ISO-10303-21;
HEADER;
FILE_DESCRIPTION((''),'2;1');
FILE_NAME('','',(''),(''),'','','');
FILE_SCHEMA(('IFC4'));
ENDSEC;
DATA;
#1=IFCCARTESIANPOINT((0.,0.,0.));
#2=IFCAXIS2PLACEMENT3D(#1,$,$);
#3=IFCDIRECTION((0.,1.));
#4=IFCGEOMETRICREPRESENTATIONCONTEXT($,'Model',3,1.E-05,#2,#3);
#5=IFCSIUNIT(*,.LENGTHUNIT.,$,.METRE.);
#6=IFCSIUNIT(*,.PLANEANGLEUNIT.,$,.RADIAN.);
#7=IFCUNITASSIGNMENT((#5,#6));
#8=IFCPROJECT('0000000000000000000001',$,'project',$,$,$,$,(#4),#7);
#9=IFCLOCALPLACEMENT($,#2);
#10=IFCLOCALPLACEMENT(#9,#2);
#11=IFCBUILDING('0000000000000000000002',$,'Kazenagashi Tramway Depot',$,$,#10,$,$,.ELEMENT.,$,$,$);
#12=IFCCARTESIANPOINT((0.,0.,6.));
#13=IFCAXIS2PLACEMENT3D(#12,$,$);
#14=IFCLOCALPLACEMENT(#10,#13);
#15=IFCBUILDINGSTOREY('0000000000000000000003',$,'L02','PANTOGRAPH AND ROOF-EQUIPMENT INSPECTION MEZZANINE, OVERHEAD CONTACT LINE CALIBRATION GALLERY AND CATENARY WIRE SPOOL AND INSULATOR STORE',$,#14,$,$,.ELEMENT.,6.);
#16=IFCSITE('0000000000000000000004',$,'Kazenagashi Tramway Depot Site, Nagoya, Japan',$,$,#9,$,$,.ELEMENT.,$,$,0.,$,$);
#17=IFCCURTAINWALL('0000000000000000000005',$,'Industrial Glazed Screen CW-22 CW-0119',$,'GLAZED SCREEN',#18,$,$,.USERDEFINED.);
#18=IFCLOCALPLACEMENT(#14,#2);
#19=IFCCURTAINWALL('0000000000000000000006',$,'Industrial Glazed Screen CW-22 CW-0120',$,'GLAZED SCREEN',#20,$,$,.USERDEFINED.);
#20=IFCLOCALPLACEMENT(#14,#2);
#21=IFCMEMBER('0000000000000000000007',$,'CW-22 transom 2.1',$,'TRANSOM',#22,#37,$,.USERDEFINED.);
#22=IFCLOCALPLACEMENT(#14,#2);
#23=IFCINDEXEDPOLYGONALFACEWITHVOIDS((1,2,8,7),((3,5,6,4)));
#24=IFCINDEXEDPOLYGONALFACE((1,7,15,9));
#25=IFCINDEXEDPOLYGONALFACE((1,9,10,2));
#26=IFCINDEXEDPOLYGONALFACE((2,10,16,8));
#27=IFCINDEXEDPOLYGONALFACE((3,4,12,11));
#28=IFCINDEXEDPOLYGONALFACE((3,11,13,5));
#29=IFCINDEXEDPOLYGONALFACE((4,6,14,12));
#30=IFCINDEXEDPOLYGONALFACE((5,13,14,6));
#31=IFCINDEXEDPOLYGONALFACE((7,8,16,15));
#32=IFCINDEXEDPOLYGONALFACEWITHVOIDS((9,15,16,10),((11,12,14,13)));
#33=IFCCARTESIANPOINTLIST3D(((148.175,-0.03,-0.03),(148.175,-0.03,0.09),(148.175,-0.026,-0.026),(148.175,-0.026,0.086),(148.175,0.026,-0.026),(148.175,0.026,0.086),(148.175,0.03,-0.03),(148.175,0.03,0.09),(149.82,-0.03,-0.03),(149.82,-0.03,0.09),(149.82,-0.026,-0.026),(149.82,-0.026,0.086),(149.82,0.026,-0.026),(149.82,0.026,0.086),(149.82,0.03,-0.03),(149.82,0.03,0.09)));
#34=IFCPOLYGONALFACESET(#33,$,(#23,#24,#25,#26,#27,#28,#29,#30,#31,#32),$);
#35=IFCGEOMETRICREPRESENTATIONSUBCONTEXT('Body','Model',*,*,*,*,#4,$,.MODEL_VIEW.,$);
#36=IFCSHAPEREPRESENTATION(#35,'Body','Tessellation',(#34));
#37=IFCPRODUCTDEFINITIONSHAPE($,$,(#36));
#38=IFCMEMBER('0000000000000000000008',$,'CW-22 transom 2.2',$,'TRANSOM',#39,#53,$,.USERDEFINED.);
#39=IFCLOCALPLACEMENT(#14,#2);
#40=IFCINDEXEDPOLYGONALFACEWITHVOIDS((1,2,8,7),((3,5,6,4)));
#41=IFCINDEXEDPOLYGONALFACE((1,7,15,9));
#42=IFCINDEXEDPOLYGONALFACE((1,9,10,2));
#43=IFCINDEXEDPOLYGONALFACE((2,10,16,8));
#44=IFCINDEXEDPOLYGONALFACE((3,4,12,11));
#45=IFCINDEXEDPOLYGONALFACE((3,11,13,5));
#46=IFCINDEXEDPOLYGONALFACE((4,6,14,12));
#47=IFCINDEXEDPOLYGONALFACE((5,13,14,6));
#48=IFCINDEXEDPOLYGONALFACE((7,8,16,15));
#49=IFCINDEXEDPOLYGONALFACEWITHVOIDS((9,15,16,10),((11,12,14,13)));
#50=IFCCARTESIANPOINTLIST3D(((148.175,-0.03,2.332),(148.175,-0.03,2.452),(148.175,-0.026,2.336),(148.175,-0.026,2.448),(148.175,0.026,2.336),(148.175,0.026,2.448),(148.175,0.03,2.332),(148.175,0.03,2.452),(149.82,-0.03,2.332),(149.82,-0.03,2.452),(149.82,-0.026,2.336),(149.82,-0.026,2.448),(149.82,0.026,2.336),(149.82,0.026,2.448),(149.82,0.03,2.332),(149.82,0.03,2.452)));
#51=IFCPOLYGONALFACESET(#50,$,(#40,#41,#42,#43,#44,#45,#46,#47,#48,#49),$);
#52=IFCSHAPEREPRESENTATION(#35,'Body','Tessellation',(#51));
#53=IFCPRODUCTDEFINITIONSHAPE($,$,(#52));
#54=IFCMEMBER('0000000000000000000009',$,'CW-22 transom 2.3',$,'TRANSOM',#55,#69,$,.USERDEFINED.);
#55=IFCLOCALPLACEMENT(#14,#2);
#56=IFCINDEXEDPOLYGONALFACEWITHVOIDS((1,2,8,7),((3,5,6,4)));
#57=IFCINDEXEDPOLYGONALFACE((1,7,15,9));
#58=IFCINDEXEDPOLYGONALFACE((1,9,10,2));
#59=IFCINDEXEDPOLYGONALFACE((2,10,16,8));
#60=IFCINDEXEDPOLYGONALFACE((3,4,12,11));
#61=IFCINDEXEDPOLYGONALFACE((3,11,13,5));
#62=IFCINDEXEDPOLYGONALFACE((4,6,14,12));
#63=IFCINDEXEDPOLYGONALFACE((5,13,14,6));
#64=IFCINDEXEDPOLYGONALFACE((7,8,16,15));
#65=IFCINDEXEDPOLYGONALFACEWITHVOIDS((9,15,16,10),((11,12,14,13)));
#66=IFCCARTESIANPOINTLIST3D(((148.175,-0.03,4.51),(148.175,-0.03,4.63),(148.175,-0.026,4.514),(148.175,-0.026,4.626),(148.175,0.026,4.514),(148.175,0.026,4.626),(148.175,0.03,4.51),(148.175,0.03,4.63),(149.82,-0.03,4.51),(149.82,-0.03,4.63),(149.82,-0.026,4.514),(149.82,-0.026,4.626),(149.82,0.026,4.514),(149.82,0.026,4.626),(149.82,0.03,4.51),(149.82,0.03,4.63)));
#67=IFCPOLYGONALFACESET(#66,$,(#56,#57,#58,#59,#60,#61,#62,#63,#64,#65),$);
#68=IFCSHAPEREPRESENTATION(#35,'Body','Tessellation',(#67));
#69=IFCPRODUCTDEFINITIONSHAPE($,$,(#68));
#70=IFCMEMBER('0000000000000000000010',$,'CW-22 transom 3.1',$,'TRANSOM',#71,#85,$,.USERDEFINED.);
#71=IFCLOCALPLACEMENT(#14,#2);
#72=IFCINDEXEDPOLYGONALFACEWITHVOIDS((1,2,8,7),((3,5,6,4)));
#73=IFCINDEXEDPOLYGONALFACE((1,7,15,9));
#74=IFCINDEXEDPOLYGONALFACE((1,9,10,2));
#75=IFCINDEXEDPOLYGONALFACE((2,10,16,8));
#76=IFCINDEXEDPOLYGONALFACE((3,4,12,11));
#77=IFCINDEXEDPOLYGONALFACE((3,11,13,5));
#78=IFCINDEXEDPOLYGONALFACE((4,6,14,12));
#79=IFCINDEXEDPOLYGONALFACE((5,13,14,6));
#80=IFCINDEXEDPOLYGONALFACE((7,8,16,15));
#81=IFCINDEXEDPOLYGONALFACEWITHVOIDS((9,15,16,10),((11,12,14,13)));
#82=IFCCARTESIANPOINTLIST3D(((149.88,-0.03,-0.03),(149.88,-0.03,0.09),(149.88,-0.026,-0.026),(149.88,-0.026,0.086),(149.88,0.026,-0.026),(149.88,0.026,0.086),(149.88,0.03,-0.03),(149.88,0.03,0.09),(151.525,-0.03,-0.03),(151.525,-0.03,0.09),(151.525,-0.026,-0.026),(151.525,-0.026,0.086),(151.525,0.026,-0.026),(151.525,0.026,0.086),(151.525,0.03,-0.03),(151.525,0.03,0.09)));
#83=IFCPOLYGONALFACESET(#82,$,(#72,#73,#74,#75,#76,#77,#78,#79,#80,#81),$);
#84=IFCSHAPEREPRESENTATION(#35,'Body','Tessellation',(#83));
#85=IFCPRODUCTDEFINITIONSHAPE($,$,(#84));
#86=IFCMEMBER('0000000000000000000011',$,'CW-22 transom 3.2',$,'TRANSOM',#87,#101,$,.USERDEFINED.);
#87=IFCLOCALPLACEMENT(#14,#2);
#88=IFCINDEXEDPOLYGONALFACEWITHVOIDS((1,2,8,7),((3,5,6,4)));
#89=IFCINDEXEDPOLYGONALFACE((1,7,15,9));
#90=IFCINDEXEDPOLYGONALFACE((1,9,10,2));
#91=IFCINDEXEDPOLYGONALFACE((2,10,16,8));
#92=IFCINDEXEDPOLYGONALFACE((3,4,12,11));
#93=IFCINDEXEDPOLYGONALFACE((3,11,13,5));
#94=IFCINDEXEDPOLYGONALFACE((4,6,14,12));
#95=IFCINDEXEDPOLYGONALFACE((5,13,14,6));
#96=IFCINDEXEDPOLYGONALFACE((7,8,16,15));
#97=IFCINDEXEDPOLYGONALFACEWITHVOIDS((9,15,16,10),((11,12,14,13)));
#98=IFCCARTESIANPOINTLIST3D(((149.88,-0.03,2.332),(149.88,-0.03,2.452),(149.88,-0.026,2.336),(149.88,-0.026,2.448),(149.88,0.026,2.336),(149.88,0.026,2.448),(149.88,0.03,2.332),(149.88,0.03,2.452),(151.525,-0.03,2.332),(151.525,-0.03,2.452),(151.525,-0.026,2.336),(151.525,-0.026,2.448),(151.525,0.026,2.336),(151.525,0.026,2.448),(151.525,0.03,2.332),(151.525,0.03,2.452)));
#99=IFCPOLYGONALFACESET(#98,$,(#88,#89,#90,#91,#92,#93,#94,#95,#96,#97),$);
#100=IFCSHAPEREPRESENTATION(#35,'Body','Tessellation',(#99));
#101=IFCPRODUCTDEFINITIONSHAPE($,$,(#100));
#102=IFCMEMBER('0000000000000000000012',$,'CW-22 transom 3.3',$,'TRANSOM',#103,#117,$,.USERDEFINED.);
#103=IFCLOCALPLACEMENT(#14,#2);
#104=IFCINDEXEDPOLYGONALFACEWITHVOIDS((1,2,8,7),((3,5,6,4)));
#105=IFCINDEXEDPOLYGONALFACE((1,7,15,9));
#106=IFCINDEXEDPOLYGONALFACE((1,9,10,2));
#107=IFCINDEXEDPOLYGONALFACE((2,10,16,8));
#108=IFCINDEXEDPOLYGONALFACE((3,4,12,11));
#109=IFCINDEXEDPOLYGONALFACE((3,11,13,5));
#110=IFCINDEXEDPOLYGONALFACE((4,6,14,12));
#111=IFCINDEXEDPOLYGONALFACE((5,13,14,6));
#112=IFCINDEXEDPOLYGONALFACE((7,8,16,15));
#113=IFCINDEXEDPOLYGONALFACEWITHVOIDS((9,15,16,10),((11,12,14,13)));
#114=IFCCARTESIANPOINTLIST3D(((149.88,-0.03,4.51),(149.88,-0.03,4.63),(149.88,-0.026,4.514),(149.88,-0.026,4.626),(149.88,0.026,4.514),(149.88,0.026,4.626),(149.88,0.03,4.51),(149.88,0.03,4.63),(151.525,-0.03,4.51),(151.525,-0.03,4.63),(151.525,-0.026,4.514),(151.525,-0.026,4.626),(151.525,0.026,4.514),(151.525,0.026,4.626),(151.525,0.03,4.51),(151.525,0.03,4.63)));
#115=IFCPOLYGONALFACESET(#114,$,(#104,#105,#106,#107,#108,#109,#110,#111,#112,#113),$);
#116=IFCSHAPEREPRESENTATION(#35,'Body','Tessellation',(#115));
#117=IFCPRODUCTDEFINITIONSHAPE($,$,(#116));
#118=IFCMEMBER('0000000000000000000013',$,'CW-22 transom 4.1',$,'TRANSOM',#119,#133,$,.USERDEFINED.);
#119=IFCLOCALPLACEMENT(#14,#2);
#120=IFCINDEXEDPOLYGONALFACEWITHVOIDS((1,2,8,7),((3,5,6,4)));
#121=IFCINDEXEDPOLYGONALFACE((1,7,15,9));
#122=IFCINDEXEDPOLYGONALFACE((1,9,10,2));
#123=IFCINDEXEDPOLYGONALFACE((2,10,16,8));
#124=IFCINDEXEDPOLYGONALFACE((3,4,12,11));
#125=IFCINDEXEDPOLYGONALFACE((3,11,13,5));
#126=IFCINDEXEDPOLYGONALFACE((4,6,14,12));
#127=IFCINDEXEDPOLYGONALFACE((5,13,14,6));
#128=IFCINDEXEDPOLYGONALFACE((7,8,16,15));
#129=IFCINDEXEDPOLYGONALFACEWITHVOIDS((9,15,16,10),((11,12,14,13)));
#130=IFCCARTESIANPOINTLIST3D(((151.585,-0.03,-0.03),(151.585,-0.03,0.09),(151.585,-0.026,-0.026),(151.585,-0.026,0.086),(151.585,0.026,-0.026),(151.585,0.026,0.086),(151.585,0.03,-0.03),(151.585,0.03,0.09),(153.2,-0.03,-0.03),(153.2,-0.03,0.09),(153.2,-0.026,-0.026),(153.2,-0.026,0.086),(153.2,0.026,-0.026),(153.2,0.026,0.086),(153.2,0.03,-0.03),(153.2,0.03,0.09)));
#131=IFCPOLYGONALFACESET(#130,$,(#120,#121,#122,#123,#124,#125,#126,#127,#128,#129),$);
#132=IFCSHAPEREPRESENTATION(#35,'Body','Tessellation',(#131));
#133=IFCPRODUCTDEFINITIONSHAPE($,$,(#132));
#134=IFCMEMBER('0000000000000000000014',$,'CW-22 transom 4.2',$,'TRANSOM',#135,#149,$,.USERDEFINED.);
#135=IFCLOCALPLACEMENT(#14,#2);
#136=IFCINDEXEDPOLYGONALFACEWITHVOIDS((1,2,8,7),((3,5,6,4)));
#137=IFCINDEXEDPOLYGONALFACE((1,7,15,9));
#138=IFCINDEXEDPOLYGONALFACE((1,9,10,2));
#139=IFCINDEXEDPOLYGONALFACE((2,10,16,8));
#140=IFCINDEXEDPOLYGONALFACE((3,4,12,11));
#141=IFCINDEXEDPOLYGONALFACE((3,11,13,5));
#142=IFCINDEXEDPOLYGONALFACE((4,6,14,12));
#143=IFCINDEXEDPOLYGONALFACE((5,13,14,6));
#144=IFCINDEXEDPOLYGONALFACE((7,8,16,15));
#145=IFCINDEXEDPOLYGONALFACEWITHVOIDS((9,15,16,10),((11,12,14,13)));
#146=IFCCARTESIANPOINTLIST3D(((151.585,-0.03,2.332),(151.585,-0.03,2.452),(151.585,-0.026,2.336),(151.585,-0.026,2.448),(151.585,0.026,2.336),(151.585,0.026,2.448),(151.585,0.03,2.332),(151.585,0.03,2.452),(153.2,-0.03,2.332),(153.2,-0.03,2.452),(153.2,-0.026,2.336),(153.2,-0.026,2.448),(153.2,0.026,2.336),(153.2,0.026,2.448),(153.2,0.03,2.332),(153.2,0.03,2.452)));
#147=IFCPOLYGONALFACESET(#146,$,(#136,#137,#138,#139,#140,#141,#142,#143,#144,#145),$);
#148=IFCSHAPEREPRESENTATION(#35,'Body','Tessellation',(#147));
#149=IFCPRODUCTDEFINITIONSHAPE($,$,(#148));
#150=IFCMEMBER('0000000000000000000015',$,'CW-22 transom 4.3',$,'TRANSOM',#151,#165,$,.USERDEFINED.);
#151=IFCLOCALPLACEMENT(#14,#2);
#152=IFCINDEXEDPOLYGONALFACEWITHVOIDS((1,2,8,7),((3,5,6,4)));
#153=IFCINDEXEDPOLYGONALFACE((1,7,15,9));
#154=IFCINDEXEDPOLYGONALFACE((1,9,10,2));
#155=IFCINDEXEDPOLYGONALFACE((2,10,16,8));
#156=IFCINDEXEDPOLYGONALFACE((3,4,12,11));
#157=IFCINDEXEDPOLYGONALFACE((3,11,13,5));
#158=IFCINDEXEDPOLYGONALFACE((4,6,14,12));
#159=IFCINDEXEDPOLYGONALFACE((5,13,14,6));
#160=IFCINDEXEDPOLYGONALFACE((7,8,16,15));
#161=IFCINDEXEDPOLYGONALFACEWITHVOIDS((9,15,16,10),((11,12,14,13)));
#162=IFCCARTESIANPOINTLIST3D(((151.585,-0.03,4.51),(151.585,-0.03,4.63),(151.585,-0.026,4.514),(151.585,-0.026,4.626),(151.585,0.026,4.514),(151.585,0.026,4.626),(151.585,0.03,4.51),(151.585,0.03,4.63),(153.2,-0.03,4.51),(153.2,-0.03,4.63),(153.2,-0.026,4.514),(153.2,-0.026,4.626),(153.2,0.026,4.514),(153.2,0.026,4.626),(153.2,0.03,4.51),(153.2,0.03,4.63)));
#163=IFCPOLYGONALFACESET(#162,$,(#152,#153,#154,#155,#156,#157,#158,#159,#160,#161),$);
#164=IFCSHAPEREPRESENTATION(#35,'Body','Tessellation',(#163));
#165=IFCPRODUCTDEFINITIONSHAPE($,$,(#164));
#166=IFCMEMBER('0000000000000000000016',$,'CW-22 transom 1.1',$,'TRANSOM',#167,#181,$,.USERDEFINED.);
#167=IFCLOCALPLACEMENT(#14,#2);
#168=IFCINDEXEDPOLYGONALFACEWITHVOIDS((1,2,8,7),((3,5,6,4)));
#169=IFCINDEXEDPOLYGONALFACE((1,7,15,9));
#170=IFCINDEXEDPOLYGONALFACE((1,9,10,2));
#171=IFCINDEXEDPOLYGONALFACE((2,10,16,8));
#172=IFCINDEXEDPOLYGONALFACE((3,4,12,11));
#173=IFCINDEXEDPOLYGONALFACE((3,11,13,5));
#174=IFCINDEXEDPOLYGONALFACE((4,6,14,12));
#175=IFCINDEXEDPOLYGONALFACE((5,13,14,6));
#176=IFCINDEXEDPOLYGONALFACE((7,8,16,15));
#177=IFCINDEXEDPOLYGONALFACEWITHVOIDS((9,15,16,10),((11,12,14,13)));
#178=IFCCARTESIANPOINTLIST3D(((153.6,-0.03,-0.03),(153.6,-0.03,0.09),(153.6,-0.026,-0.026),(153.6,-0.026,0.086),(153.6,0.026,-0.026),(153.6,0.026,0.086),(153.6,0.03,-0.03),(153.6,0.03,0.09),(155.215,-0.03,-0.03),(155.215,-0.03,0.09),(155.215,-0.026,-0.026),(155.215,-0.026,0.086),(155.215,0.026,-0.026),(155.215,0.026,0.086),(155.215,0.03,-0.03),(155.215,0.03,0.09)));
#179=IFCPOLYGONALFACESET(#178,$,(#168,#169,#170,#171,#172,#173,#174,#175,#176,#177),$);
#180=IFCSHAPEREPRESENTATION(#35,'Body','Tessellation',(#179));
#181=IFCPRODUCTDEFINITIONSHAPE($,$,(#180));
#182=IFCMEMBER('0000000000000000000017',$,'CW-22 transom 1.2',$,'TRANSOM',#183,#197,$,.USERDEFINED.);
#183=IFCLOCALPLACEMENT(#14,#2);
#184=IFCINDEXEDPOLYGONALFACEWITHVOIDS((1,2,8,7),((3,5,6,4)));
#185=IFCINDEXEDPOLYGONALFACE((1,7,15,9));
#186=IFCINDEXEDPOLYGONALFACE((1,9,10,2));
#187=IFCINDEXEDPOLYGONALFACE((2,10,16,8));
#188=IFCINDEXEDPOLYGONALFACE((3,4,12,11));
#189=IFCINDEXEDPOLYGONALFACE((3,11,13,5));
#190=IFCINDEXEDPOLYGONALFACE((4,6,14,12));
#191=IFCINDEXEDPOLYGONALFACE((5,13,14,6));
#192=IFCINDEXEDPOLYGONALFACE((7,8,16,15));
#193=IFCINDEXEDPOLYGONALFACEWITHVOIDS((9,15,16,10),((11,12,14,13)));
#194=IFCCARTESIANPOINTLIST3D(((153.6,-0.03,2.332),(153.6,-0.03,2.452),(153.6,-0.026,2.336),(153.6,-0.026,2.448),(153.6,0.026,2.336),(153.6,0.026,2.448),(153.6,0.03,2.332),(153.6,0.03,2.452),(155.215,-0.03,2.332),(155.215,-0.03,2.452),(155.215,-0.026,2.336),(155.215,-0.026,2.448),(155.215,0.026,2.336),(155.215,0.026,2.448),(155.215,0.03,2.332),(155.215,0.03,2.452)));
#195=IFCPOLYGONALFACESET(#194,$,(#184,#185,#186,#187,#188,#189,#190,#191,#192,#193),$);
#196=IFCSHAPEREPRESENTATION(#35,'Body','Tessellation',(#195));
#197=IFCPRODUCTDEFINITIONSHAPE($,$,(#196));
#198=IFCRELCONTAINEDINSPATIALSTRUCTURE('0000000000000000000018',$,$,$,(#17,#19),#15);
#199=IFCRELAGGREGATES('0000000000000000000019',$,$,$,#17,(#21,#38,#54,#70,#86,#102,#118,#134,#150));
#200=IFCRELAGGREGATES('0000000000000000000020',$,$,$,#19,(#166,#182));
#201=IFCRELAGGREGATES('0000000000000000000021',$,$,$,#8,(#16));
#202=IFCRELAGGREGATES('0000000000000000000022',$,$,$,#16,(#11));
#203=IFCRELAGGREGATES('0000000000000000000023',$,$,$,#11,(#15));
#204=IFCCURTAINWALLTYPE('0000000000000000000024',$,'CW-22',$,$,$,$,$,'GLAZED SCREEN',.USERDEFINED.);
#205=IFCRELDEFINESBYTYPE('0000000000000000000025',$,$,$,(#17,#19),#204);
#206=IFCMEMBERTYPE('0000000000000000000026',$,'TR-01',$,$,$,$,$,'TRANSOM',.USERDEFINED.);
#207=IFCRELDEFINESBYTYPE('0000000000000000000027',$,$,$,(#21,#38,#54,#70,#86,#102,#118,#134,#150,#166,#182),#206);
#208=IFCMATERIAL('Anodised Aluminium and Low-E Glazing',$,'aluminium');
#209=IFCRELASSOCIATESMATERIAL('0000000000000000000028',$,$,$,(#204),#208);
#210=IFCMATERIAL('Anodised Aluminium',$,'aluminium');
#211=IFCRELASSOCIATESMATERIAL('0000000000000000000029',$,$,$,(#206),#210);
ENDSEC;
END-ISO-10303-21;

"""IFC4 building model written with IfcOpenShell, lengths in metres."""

from ifc_helpers import new_model, si_unit, direction, frame, origin, origin_2d, place, context, subcontext, project, spatial, hollow_rectangle, extrude, material, material_profile, profile_set, type_object, element, aggregate, save


model = new_model("IFC4")

# Units and contexts
model_context = context("Model", 3, precision=1e-05, world=origin(), true_north=direction((0.0, 1.0)))
body_context = subcontext(model_context, "Body", "Model", "MODEL_VIEW")
ifc_project = project(units=[si_unit("LENGTHUNIT", "METRE"), si_unit("PLANEANGLEUNIT", "RADIAN")], contexts=[model_context])

# Site, building, storey
site_placement = place(None, origin())
site = spatial("IfcSite", under=ifc_project, at=site_placement, Name="Kazenagashi Tramway Depot Site, Nagoya, Japan", CompositionType="ELEMENT", RefElevation=0.0)
building_placement = place(site_placement, origin())
building = spatial("IfcBuilding", under=site, at=building_placement, Name="Kazenagashi Tramway Depot", CompositionType="ELEMENT")
storey_placement = place(building_placement, frame((0.0, 0.0, 6.0)))
storey = spatial("IfcBuildingStorey", under=building, at=storey_placement, Name="L02", Description="PANTOGRAPH AND ROOF-EQUIPMENT INSPECTION MEZZANINE, OVERHEAD CONTACT LINE CALIBRATION GALLERY AND CATENARY WIRE SPOOL AND INSULATOR STORE", CompositionType="ELEMENT", Elevation=6.0)

# Curtain walls
ifc_material_1 = material(Name="Anodised Aluminium and Low-E Glazing", Category="aluminium")
curtain_wall_type = type_object("IfcCurtainWallType", Name="CW-22", ElementType="GLAZED SCREEN", PredefinedType="USERDEFINED", material=ifc_material_1)
curtain_wall_1_placement = place(storey_placement, origin())
curtain_wall_1 = element("IfcCurtainWall", 1, at=curtain_wall_1_placement, inside=storey, type_object=curtain_wall_type, Name="Industrial Glazed Screen CW-22 CW-0119", ObjectType="GLAZED SCREEN", PredefinedType="USERDEFINED")
ifc_material_2 = material(Name="Anodised Aluminium", Category="aluminium")
curtain_wall_2_placement = place(storey_placement, origin())
curtain_wall_2 = element("IfcCurtainWall", 2, at=curtain_wall_2_placement, inside=storey, type_object=curtain_wall_type, Name="Industrial Glazed Screen CW-22 CW-0120", ObjectType="GLAZED SCREEN", PredefinedType="USERDEFINED")

# Members
ifc_material_profile_1 = material_profile(ifc_material_2, hollow_rectangle(XDim=0.06, YDim=0.12, WallThickness=0.004, at=origin_2d()), Name="RHS-120x60x4")
ifc_profile_set_1 = profile_set([ifc_material_profile_1], Name="Anodised Aluminium")
member_type_1 = type_object("IfcMemberType", Name="TR-01", ElementType="TRANSOM", PredefinedType="USERDEFINED", material=ifc_profile_set_1)
member_1_placement = place(storey_placement, frame((148.175, 0.0, 0.03), z_axis=(1.0, 0.0, 0.0), x_axis=(0.0, 1.0, 0.0)))
member_1 = element("IfcMember", 3, at=member_1_placement, type_object=member_type_1, Name="CW-22 transom 2.1", ObjectType="TRANSOM", PredefinedType="USERDEFINED", context=body_context, shape_type="SweptSolid", body=[
    extrude(hollow_rectangle(XDim=0.06, YDim=0.12, WallThickness=0.004, at=origin_2d()), origin(), (0.0, 0.0, 1.0), 1.645),
])
member_2_placement = place(storey_placement, frame((148.175, 0.0, 2.392), z_axis=(1.0, 0.0, 0.0), x_axis=(0.0, 1.0, 0.0)))
member_2 = element("IfcMember", 4, at=member_2_placement, type_object=member_type_1, Name="CW-22 transom 2.2", ObjectType="TRANSOM", PredefinedType="USERDEFINED", context=body_context, shape_type="SweptSolid", body=[
    extrude(hollow_rectangle(XDim=0.06, YDim=0.12, WallThickness=0.004, at=origin_2d()), origin(), (0.0, 0.0, 1.0), 1.645),
])
member_3_placement = place(storey_placement, frame((148.175, 0.0, 4.57), z_axis=(1.0, 0.0, 0.0), x_axis=(0.0, 1.0, 0.0)))
member_3 = element("IfcMember", 5, at=member_3_placement, type_object=member_type_1, Name="CW-22 transom 2.3", ObjectType="TRANSOM", PredefinedType="USERDEFINED", context=body_context, shape_type="SweptSolid", body=[
    extrude(hollow_rectangle(XDim=0.06, YDim=0.12, WallThickness=0.004, at=origin_2d()), origin(), (0.0, 0.0, 1.0), 1.645),
])
member_4_placement = place(storey_placement, frame((149.88, 0.0, 0.03), z_axis=(1.0, 0.0, 0.0), x_axis=(0.0, 1.0, 0.0)))
member_4 = element("IfcMember", 6, at=member_4_placement, type_object=member_type_1, Name="CW-22 transom 3.1", ObjectType="TRANSOM", PredefinedType="USERDEFINED", context=body_context, shape_type="SweptSolid", body=[
    extrude(hollow_rectangle(XDim=0.06, YDim=0.12, WallThickness=0.004, at=origin_2d()), origin(), (0.0, 0.0, 1.0), 1.645),
])
member_5_placement = place(storey_placement, frame((149.88, 0.0, 2.392), z_axis=(1.0, 0.0, 0.0), x_axis=(0.0, 1.0, 0.0)))
member_5 = element("IfcMember", 7, at=member_5_placement, type_object=member_type_1, Name="CW-22 transom 3.2", ObjectType="TRANSOM", PredefinedType="USERDEFINED", context=body_context, shape_type="SweptSolid", body=[
    extrude(hollow_rectangle(XDim=0.06, YDim=0.12, WallThickness=0.004, at=origin_2d()), origin(), (0.0, 0.0, 1.0), 1.645),
])
member_6_placement = place(storey_placement, frame((149.88, 0.0, 4.57), z_axis=(1.0, 0.0, 0.0), x_axis=(0.0, 1.0, 0.0)))
member_6 = element("IfcMember", 8, at=member_6_placement, type_object=member_type_1, Name="CW-22 transom 3.3", ObjectType="TRANSOM", PredefinedType="USERDEFINED", context=body_context, shape_type="SweptSolid", body=[
    extrude(hollow_rectangle(XDim=0.06, YDim=0.12, WallThickness=0.004, at=origin_2d()), origin(), (0.0, 0.0, 1.0), 1.645),
])
member_7_placement = place(storey_placement, frame((151.585, 0.0, 0.03), z_axis=(1.0, 0.0, 0.0), x_axis=(0.0, 1.0, 0.0)))
member_7 = element("IfcMember", 9, at=member_7_placement, type_object=member_type_1, Name="CW-22 transom 4.1", ObjectType="TRANSOM", PredefinedType="USERDEFINED", context=body_context, shape_type="SweptSolid", body=[
    extrude(hollow_rectangle(XDim=0.06, YDim=0.12, WallThickness=0.004, at=origin_2d()), origin(), (0.0, 0.0, 1.0), 1.615),
])
member_8_placement = place(storey_placement, frame((151.585, 0.0, 2.392), z_axis=(1.0, 0.0, 0.0), x_axis=(0.0, 1.0, 0.0)))
member_8 = element("IfcMember", 10, at=member_8_placement, type_object=member_type_1, Name="CW-22 transom 4.2", ObjectType="TRANSOM", PredefinedType="USERDEFINED", context=body_context, shape_type="SweptSolid", body=[
    extrude(hollow_rectangle(XDim=0.06, YDim=0.12, WallThickness=0.004, at=origin_2d()), origin(), (0.0, 0.0, 1.0), 1.615),
])
member_9_placement = place(storey_placement, frame((151.585, 0.0, 4.57), z_axis=(1.0, 0.0, 0.0), x_axis=(0.0, 1.0, 0.0)))
member_9 = element("IfcMember", 11, at=member_9_placement, type_object=member_type_1, Name="CW-22 transom 4.3", ObjectType="TRANSOM", PredefinedType="USERDEFINED", context=body_context, shape_type="SweptSolid", body=[
    extrude(hollow_rectangle(XDim=0.06, YDim=0.12, WallThickness=0.004, at=origin_2d()), origin(), (0.0, 0.0, 1.0), 1.615),
])
member_10_placement = place(storey_placement, frame((153.6, 0.0, 0.03), z_axis=(1.0, 0.0, 0.0), x_axis=(0.0, 1.0, 0.0)))
member_10 = element("IfcMember", 12, at=member_10_placement, type_object=member_type_1, Name="CW-22 transom 1.1", ObjectType="TRANSOM", PredefinedType="USERDEFINED", context=body_context, shape_type="SweptSolid", body=[
    extrude(hollow_rectangle(XDim=0.06, YDim=0.12, WallThickness=0.004, at=origin_2d()), origin(), (0.0, 0.0, 1.0), 1.615),
])
member_11_placement = place(storey_placement, frame((153.6, 0.0, 2.392), z_axis=(1.0, 0.0, 0.0), x_axis=(0.0, 1.0, 0.0)))
member_11 = element("IfcMember", 13, at=member_11_placement, type_object=member_type_1, Name="CW-22 transom 1.2", ObjectType="TRANSOM", PredefinedType="USERDEFINED", context=body_context, shape_type="SweptSolid", body=[
    extrude(hollow_rectangle(XDim=0.06, YDim=0.12, WallThickness=0.004, at=origin_2d()), origin(), (0.0, 0.0, 1.0), 1.615),
])

aggregate(curtain_wall_1, [member_1, member_2, member_3, member_4, member_5, member_6, member_7, member_8, member_9])
aggregate(curtain_wall_2, [member_10, member_11])

save(model, "model.ifc")
